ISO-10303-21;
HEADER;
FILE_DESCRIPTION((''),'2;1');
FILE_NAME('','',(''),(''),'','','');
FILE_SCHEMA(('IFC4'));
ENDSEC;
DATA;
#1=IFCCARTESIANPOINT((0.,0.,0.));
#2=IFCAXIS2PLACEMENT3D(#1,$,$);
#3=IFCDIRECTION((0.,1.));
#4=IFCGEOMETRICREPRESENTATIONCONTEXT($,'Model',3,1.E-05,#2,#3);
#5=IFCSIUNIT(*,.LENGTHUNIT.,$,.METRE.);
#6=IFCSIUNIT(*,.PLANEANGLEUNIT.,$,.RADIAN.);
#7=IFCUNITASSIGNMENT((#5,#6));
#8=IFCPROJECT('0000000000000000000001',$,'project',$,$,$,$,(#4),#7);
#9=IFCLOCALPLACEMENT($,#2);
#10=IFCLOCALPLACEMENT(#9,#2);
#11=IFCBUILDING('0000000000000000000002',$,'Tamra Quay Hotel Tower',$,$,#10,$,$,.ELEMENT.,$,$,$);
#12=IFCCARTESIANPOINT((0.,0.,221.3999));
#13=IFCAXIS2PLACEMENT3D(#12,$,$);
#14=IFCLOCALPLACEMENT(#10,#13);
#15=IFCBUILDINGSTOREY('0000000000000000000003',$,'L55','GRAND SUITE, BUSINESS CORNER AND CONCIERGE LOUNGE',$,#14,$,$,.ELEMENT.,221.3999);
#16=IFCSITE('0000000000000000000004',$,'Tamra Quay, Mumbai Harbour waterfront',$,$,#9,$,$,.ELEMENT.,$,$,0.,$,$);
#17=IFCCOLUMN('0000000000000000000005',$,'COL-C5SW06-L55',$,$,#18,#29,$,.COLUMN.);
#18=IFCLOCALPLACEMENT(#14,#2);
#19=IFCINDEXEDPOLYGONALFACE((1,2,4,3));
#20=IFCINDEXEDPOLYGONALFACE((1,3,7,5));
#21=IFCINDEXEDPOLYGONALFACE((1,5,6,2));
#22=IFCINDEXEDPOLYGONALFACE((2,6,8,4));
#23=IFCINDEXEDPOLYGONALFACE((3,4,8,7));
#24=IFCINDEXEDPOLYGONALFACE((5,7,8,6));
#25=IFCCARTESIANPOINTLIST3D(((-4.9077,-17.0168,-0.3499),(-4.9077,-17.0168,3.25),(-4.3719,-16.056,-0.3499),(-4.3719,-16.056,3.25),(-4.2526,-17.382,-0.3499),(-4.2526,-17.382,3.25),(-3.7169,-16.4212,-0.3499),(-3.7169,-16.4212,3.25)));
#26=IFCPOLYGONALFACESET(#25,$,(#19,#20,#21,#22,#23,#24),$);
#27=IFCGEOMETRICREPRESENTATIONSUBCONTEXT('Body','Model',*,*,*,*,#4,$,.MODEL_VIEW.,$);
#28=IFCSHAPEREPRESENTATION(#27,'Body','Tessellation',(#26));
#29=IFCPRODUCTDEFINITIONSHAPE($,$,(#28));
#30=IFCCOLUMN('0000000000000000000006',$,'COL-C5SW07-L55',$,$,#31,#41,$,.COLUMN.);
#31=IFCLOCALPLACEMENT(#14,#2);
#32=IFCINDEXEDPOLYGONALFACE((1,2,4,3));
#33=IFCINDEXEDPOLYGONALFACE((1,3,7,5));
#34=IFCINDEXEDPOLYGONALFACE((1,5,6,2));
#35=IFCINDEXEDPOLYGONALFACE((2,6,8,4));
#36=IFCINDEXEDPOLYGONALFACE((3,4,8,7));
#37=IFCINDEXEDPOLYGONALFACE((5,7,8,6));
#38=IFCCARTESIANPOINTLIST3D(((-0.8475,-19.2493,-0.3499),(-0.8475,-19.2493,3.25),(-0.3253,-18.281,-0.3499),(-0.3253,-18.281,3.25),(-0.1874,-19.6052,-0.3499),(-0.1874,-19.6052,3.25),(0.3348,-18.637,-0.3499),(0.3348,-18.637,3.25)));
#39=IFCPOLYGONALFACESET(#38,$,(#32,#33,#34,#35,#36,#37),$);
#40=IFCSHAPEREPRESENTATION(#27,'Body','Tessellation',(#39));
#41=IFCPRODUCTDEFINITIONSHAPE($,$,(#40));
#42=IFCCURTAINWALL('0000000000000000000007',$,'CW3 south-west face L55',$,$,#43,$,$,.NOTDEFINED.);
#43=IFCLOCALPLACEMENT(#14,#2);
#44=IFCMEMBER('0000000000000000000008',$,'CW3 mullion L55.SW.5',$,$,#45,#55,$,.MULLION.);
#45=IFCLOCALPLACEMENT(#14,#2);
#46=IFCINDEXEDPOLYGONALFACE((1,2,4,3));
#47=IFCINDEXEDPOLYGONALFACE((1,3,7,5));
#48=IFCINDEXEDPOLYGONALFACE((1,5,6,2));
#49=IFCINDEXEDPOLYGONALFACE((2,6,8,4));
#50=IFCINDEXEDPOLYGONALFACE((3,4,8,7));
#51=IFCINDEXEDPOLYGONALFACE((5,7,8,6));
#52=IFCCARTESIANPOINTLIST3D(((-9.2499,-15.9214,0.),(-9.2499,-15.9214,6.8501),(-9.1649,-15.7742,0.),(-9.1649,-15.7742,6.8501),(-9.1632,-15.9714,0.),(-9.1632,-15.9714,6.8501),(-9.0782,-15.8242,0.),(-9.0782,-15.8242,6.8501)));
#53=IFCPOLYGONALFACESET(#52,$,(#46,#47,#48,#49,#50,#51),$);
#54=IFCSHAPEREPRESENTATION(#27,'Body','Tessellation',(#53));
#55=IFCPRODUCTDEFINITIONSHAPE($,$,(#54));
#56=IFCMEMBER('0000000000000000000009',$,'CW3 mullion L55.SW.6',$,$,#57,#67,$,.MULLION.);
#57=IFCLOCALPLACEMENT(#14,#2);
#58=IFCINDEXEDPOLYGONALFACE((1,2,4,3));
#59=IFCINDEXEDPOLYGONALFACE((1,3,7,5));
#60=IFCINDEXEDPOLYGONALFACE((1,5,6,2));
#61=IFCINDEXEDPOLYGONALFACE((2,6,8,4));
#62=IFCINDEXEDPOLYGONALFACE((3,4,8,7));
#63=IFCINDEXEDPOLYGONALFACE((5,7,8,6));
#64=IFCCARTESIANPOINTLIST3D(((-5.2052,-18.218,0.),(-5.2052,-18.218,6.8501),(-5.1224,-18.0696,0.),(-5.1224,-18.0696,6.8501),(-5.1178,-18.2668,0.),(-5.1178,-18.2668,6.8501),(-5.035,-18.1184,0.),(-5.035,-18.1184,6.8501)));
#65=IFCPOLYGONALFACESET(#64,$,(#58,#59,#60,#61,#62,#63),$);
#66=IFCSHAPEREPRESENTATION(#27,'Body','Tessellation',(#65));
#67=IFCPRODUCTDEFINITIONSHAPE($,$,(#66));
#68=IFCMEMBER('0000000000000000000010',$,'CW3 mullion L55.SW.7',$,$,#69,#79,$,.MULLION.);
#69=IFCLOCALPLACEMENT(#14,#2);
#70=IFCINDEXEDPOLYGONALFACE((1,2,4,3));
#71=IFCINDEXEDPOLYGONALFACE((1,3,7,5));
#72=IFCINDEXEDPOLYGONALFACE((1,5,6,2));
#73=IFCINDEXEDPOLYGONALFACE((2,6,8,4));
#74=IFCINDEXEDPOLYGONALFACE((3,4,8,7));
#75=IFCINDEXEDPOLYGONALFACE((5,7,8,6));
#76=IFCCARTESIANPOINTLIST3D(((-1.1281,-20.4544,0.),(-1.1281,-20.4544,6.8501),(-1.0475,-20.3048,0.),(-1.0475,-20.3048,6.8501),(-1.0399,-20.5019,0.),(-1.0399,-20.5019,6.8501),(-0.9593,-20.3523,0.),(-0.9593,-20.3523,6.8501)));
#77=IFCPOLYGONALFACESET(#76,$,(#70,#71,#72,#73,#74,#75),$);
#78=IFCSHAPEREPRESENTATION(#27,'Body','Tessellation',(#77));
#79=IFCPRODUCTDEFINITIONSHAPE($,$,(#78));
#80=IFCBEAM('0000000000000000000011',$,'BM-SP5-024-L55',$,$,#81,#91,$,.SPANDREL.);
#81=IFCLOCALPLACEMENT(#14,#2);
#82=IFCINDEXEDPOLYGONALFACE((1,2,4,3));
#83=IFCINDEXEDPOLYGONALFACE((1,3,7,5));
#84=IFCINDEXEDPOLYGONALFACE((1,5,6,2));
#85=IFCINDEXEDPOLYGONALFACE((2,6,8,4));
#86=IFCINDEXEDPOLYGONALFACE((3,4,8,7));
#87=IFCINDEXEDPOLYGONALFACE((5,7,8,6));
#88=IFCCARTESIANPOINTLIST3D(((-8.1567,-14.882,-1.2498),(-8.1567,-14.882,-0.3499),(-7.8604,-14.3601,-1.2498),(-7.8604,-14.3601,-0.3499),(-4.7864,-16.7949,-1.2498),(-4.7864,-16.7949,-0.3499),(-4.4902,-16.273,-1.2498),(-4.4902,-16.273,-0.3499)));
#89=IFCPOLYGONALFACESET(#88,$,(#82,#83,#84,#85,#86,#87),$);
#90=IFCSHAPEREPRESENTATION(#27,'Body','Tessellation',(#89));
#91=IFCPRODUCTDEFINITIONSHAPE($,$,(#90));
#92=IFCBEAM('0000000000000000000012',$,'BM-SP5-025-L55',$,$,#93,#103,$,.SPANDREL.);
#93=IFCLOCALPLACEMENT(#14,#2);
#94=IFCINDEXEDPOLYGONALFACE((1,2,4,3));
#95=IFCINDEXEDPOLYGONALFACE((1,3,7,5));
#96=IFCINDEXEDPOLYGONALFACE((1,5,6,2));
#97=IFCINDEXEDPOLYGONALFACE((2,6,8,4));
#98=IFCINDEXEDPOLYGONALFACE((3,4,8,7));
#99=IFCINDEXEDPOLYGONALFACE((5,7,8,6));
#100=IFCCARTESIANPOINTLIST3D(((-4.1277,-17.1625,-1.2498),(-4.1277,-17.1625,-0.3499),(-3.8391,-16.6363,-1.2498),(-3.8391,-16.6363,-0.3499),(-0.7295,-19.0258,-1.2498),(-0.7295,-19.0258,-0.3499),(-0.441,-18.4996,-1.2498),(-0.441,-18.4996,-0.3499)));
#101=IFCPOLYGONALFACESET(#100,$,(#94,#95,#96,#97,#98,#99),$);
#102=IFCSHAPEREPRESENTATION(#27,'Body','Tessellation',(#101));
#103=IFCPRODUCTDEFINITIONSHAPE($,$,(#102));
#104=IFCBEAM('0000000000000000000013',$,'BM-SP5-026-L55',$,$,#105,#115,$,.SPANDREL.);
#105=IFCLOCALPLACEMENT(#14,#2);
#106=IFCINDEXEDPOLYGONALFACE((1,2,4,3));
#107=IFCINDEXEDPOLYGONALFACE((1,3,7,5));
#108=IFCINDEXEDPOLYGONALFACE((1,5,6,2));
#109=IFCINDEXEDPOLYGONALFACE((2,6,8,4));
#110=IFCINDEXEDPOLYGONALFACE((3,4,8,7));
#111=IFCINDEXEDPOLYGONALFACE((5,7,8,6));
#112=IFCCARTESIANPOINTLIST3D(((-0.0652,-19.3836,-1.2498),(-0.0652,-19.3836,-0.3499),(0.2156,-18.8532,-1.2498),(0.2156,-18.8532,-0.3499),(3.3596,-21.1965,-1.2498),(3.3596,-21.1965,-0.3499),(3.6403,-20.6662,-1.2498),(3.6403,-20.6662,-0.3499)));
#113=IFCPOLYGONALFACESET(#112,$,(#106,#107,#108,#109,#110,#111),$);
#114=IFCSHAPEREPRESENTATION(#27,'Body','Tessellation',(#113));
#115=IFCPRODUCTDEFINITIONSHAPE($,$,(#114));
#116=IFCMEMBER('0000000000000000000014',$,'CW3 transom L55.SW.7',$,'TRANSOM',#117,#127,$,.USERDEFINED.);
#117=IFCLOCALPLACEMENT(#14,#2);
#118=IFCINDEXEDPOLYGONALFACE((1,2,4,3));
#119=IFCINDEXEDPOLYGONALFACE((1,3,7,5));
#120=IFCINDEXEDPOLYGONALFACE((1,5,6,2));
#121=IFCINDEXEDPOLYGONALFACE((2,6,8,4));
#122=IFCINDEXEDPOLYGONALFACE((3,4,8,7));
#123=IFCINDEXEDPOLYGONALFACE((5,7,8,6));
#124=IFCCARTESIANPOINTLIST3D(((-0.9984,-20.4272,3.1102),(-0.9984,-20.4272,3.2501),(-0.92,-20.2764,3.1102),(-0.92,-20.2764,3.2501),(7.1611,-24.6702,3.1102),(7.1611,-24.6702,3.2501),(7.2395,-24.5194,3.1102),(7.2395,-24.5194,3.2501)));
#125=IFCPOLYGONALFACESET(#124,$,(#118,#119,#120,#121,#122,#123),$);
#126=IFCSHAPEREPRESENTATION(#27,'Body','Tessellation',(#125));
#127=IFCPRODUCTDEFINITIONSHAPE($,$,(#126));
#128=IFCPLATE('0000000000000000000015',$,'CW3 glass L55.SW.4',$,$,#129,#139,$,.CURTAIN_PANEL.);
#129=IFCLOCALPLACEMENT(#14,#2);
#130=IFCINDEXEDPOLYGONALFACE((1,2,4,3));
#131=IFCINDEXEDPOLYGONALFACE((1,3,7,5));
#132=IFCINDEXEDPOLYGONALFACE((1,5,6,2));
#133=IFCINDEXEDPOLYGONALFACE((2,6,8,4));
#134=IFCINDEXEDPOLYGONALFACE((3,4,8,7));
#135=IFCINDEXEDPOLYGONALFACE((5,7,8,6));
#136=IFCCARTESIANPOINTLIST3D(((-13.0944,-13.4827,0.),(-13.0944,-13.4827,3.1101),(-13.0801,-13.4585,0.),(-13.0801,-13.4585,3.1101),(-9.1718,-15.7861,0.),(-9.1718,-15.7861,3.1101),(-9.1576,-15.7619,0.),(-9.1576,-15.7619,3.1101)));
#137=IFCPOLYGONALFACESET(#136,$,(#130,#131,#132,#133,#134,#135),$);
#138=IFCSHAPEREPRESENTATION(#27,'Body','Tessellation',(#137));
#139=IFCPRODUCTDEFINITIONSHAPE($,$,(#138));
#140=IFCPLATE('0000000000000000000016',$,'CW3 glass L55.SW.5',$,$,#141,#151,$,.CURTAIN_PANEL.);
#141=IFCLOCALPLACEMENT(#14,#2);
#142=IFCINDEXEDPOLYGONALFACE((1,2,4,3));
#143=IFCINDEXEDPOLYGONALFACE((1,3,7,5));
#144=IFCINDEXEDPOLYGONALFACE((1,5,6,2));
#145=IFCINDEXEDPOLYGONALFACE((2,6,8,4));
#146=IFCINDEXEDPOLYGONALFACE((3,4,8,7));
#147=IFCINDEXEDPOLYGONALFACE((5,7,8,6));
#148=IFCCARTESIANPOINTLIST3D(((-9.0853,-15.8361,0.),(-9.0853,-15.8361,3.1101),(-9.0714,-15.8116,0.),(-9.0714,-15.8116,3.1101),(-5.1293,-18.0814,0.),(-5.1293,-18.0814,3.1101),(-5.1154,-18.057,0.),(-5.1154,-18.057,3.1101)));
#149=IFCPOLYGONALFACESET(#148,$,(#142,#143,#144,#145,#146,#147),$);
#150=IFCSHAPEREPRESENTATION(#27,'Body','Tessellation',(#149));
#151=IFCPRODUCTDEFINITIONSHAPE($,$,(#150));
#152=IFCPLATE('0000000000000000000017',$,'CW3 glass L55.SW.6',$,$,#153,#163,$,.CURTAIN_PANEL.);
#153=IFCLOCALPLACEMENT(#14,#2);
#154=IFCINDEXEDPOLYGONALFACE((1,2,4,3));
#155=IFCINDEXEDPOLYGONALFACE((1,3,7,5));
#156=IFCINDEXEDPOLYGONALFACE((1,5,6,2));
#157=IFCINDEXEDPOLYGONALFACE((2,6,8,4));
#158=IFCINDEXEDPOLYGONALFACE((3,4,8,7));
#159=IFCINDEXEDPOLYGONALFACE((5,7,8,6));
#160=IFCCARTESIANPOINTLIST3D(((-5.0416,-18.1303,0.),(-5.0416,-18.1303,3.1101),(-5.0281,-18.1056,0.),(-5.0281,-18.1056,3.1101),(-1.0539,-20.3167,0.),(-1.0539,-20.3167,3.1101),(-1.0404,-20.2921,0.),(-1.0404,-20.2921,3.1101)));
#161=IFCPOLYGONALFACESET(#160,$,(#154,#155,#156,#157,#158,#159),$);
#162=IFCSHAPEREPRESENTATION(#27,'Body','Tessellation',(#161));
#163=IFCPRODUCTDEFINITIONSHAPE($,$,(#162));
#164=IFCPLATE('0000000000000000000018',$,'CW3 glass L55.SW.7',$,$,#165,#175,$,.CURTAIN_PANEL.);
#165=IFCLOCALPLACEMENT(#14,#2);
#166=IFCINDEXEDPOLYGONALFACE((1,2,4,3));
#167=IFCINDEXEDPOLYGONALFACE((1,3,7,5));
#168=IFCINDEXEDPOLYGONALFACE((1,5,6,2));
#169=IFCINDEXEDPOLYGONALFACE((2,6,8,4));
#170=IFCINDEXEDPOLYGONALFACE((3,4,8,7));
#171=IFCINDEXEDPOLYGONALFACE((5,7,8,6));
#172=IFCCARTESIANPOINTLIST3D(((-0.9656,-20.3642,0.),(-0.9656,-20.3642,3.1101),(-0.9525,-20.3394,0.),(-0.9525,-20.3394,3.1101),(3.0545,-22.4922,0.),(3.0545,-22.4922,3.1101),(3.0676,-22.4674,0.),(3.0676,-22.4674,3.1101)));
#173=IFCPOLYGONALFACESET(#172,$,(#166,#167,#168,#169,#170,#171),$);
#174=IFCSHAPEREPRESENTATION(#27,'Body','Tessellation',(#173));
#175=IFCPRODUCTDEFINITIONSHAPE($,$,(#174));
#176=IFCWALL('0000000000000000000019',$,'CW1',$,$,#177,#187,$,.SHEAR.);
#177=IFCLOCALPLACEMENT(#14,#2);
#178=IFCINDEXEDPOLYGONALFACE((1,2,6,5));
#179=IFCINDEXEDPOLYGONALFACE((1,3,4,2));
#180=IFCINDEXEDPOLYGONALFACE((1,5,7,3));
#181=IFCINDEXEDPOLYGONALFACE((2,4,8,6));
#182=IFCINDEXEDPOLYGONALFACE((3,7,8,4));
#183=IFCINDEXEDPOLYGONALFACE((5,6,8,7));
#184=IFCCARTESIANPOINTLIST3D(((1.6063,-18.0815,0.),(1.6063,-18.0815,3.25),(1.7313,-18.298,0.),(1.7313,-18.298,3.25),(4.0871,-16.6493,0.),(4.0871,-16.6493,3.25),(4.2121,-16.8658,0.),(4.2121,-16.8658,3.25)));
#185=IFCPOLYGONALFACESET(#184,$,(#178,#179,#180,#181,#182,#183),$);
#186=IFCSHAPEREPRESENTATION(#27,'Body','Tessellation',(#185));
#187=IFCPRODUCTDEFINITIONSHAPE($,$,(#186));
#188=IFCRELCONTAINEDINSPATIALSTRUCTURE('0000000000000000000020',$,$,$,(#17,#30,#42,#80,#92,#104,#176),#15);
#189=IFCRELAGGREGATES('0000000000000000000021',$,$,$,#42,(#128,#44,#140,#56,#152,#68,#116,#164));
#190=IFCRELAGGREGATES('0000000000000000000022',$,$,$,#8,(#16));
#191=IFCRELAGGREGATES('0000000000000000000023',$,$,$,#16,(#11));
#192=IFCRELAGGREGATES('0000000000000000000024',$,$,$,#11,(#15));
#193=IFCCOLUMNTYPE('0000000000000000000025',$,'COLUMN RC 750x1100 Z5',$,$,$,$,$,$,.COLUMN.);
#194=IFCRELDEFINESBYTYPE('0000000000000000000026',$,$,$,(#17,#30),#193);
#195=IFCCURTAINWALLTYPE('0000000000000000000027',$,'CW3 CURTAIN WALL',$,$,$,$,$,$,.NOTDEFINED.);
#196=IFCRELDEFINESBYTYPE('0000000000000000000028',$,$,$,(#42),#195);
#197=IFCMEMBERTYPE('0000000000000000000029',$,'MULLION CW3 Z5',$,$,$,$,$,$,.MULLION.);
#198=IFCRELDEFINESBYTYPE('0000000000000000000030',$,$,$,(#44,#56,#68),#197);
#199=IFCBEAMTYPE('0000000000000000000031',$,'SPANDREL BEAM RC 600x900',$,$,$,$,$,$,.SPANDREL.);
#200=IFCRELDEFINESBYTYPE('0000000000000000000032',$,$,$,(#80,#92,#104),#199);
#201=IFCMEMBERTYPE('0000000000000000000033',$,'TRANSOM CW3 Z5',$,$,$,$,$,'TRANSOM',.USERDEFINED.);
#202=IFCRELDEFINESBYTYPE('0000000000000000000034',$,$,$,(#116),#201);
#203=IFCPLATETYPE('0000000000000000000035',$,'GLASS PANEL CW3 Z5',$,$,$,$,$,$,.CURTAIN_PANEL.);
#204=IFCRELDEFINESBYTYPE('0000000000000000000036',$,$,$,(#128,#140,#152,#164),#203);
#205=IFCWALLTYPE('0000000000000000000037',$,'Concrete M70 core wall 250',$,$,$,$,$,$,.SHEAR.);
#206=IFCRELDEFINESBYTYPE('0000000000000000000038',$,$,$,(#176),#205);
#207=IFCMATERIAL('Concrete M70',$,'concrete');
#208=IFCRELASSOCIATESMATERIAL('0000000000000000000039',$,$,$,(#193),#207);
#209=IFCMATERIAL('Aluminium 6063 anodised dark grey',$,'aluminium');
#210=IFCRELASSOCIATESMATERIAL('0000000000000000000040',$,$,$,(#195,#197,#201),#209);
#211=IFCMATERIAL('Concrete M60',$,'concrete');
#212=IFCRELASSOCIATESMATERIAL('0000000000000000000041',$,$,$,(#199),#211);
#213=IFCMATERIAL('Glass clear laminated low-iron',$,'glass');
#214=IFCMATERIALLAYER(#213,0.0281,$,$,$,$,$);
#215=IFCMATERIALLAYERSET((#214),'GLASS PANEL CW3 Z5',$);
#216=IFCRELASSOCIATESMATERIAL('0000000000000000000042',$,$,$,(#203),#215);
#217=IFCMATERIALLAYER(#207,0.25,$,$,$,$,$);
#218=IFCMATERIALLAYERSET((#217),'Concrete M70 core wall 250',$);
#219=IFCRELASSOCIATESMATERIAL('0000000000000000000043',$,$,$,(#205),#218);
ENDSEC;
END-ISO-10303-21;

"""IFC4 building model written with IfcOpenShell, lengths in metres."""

from ifc_helpers import new_model, si_unit, direction, frame, frame_2d, origin, origin_2d, place, context, subcontext, project, spatial, rectangle, extrude, material, layer, layer_set, material_profile, profile_set, type_object, element, aggregate, save


model = new_model("IFC4")

# Units and contexts
model_context = context("Model", 3, precision=1e-05, world=origin(), true_north=direction((0.0, 1.0)))
body_context = subcontext(model_context, "Body", "Model", "MODEL_VIEW")
ifc_project = project(units=[si_unit("LENGTHUNIT", "METRE"), si_unit("PLANEANGLEUNIT", "RADIAN")], contexts=[model_context])

# Site, building, storey
site_placement = place(None, origin())
site = spatial("IfcSite", under=ifc_project, at=site_placement, Name="Tamra Quay, Mumbai Harbour waterfront", CompositionType="ELEMENT", RefElevation=0.0)
building_placement = place(site_placement, origin())
building = spatial("IfcBuilding", under=site, at=building_placement, Name="Tamra Quay Hotel Tower", CompositionType="ELEMENT")
storey_placement = place(building_placement, frame((0.0, 0.0, 221.3999)))
storey = spatial("IfcBuildingStorey", under=building, at=storey_placement, Name="L55", Description="GRAND SUITE, BUSINESS CORNER AND CONCIERGE LOUNGE", CompositionType="ELEMENT", Elevation=221.3999)

# Columns
ifc_material_1 = material(Name="Concrete M70", Category="concrete")
ifc_material_profile_1 = material_profile(ifc_material_1, rectangle(XDim=1.1001, YDim=0.75, at=origin_2d()), Name="COLUMN RC 750x1100 Z5")
ifc_profile_set_1 = profile_set([ifc_material_profile_1], Name="Concrete M70")
column_type = type_object("IfcColumnType", Name="COLUMN RC 750x1100 Z5", PredefinedType="COLUMN", material=ifc_profile_set_1)
for number, where, z_axis, x_axis, name in (
    (1, (-4.3123, -16.719, -0.3499), (0.0, 0.0, 1.0), (0.486989, 0.873408, 0.0), "COL-C5SW06-L55"),
    (2, (-0.2563, -18.9431, -0.3499), (0.0, 0.0, 1.0), (0.474651, 0.880174, 0.0), "COL-C5SW07-L55"),
):
    element("IfcColumn", number, at=place(storey_placement, frame(where, z_axis=z_axis, x_axis=x_axis)), inside=storey, type_object=column_type, Name=name, PredefinedType="COLUMN", context=body_context, shape_type="SweptSolid", body=[
        extrude(rectangle(XDim=1.1001, YDim=0.75, at=origin_2d()), origin(), (0.0, 0.0, 1.0), 3.5999),
    ])

# Curtain wall, members
ifc_material_2 = material(Name="Aluminium 6063 anodised dark grey", Category="aluminium")
curtain_wall_type = type_object("IfcCurtainWallType", Name="CW3 CURTAIN WALL", PredefinedType="NOTDEFINED", material=ifc_material_2)
curtain_wall_placement = place(storey_placement, origin())
curtain_wall = element("IfcCurtainWall", 3, at=curtain_wall_placement, inside=storey, type_object=curtain_wall_type, Name="CW3 south-west face L55", PredefinedType="NOTDEFINED")
ifc_material_profile_2 = material_profile(ifc_material_2, rectangle(XDim=0.1699, YDim=0.1001, at=origin_2d()), Name="MULLION 100X170")
ifc_profile_set_2 = profile_set([ifc_material_profile_2], Name="Aluminium 6063 anodised dark grey")
member_type_1 = type_object("IfcMemberType", Name="MULLION CW3 Z5", PredefinedType="MULLION", material=ifc_profile_set_2)
member_1_placement = place(storey_placement, frame((-9.1641, -15.8728, 0.0), z_axis=(0.0, 0.0, 1.0), x_axis=(-0.5, -0.866025, 0.0)))
member_1 = element("IfcMember", 4, at=member_1_placement, type_object=member_type_1, Name="CW3 mullion L55.SW.5", PredefinedType="MULLION", context=body_context, shape_type="SweptSolid", body=[
    extrude(rectangle(XDim=0.1699, YDim=0.1001, at=origin_2d()), origin(), (0.0, 0.0, 1.0), 6.8501),
])
member_2_placement = place(storey_placement, frame((-5.1201, -18.1682, 0.0), z_axis=(0.0, 0.0, 1.0), x_axis=(-0.487204, -0.873288, 0.0)))
member_2 = element("IfcMember", 5, at=member_2_placement, type_object=member_type_1, Name="CW3 mullion L55.SW.6", PredefinedType="MULLION", context=body_context, shape_type="SweptSolid", body=[
    extrude(rectangle(XDim=0.1699, YDim=0.1001, at=origin_2d()), origin(), (0.0, 0.0, 1.0), 6.8501),
])
member_3_placement = place(storey_placement, frame((-1.0437, -20.4033, 0.0), z_axis=(0.0, 0.0, 1.0), x_axis=(-0.474319, -0.880353, 0.0)))
member_3 = element("IfcMember", 6, at=member_3_placement, type_object=member_type_1, Name="CW3 mullion L55.SW.7", PredefinedType="MULLION", context=body_context, shape_type="SweptSolid", body=[
    extrude(rectangle(XDim=0.1699, YDim=0.1001, at=origin_2d()), origin(), (0.0, 0.0, 1.0), 6.8501),
])

# Beams
ifc_material_3 = material(Name="Concrete M60", Category="concrete")
ifc_material_profile_3 = material_profile(ifc_material_3, rectangle(XDim=0.6001, YDim=0.8999, at=origin_2d()), Name="SPANDREL BEAM RC 600x900")
ifc_profile_set_3 = profile_set([ifc_material_profile_3], Name="Concrete M60")
beam_type = type_object("IfcBeamType", Name="SPANDREL BEAM RC 600x900", PredefinedType="SPANDREL", material=ifc_profile_set_3)
beam_1_placement = place(storey_placement, frame((-8.0085, -14.6211, -0.7998), z_axis=(0.869678, -0.49362, 0.0), x_axis=(0.49362, 0.869678, 0.0)))
element("IfcBeam", 7, at=beam_1_placement, inside=storey, type_object=beam_type, Name="BM-SP5-024-L55", PredefinedType="SPANDREL", context=body_context, shape_type="SweptSolid", body=[
    extrude(rectangle(XDim=0.6001, YDim=0.8999, at=origin_2d()), origin(), (0.0, 0.0, 1.0), 3.8752),
])
beam_2_placement = place(storey_placement, frame((-3.9834, -16.8994, -0.7998), z_axis=(0.876839, -0.480784, 0.0), x_axis=(0.480784, 0.876839, 0.0)))
element("IfcBeam", 8, at=beam_2_placement, inside=storey, type_object=beam_type, Name="BM-SP5-025-L55", PredefinedType="SPANDREL", context=body_context, shape_type="SweptSolid", body=[
    extrude(rectangle(XDim=0.6001, YDim=0.8999, at=origin_2d()), origin(), (0.0, 0.0, 1.0), 3.8755),
])
beam_3_placement = place(storey_placement, frame((0.0752, -19.1184, -0.7998), z_axis=(0.883803, -0.467859, 0.0), x_axis=(0.467859, 0.883803, 0.0)))
element("IfcBeam", 9, at=beam_3_placement, inside=storey, type_object=beam_type, Name="BM-SP5-026-L55", PredefinedType="SPANDREL", context=body_context, shape_type="SweptSolid", body=[
    extrude(rectangle(XDim=0.6001, YDim=0.8999, at=origin_2d()), origin(), (0.0, 0.0, 1.0), 3.875),
])

# Member
ifc_material_profile_4 = material_profile(ifc_material_2, rectangle(XDim=0.1699, YDim=0.1399, at=origin_2d()), Name="TRANSOM 170X140")
ifc_profile_set_4 = profile_set([ifc_material_profile_4], Name="Aluminium 6063 anodised dark grey")
member_type_2 = type_object("IfcMemberType", Name="TRANSOM CW3 Z5", ElementType="TRANSOM", PredefinedType="USERDEFINED", material=ifc_profile_set_4)
member_4_placement = place(storey_placement, frame((-0.9592, -20.3518, 3.1802), z_axis=(0.887216, -0.461354, 0.0), x_axis=(0.461354, 0.887216, 0.0)))
member_4 = element("IfcMember", 10, at=member_4_placement, type_object=member_type_2, Name="CW3 transom L55.SW.7", ObjectType="TRANSOM", PredefinedType="USERDEFINED", context=body_context, shape_type="SweptSolid", body=[
    extrude(rectangle(XDim=0.1699, YDim=0.1399, at=origin_2d()), origin(), (0.0, 0.0, 1.0), 9.1968),
])

# Plates
ifc_material_4 = material(Name="Glass clear laminated low-iron", Category="glass")
ifc_layer_1 = layer(ifc_material_4, 0.0281)
ifc_layer_set_1 = layer_set([ifc_layer_1], Name="GLASS PANEL CW3 Z5")
plate_type = type_object("IfcPlateType", Name="GLASS PANEL CW3 Z5", PredefinedType="CURTAIN_PANEL", material=ifc_layer_set_1)
plate_1_placement = place(storey_placement, frame((-11.126, -14.6223, 0.0), z_axis=(0.0, 0.0, 1.0), x_axis=(0.862321, -0.506362, 0.0)))
plate_1 = element("IfcPlate", 11, at=plate_1_placement, type_object=plate_type, Name="CW3 glass L55.SW.4", PredefinedType="CURTAIN_PANEL", context=body_context, shape_type="SweptSolid", body=[
    extrude(rectangle(XDim=4.5488, YDim=0.0281, at=origin_2d()), origin(), (0.0, 0.0, 1.0), 3.1101),
])
plate_2_placement = place(storey_placement, frame((-7.1003, -16.9465, 0.0), z_axis=(0.0, 0.0, 1.0), x_axis=(0.869683, -0.493611, 0.0)))
plate_2 = element("IfcPlate", 12, at=plate_2_placement, type_object=plate_type, Name="CW3 glass L55.SW.5", PredefinedType="CURTAIN_PANEL", context=body_context, shape_type="SweptSolid", body=[
    extrude(rectangle(XDim=4.5488, YDim=0.0281, at=origin_2d()), origin(), (0.0, 0.0, 1.0), 3.1101),
])
plate_3_placement = place(storey_placement, frame((-3.041, -19.2112, 0.0), z_axis=(0.0, 0.0, 1.0), x_axis=(0.876846, -0.480771, 0.0)))
plate_3 = element("IfcPlate", 13, at=plate_3_placement, type_object=plate_type, Name="CW3 glass L55.SW.6", PredefinedType="CURTAIN_PANEL", context=body_context, shape_type="SweptSolid", body=[
    extrude(rectangle(XDim=4.5479, YDim=0.0281, at=origin_2d()), origin(), (0.0, 0.0, 1.0), 3.1101),
])
plate_4_placement = place(storey_placement, frame((1.051, -21.4158, 0.0), z_axis=(0.0, 0.0, 1.0), x_axis=(0.883813, -0.467841, 0.0)))
plate_4 = element("IfcPlate", 14, at=plate_4_placement, type_object=plate_type, Name="CW3 glass L55.SW.7", PredefinedType="CURTAIN_PANEL", context=body_context, shape_type="SweptSolid", body=[
    extrude(rectangle(XDim=4.5486, YDim=0.0281, at=origin_2d()), origin(), (0.0, 0.0, 1.0), 3.1101),
])
aggregate(curtain_wall, [plate_1, member_1, plate_2, member_2, plate_3, member_3, member_4, plate_4])

# Wall
ifc_layer_2 = layer(ifc_material_1, 0.25)
ifc_layer_set_2 = layer_set([ifc_layer_2], Name="Concrete M70 core wall 250")
wall_type_1 = type_object("IfcWallType", Name="Concrete M70 core wall 250", PredefinedType="SHEAR", material=ifc_layer_set_2)
wall_1_placement = place(storey_placement, frame((1.6689, -18.1897, 0.0), z_axis=(0.0, 0.0, 1.0), x_axis=(0.866042, 0.499971, 0.0)))
element("IfcWall", 15, at=wall_1_placement, inside=storey, type_object=wall_type_1, Name="CW1", PredefinedType="SHEAR", context=body_context, shape_type="SweptSolid", body=[
    extrude(rectangle(XDim=2.8645, YDim=0.25, at=frame_2d((1.4321, 0.0))), origin(), (0.0, 0.0, 1.0), 3.25),
])

save(model, "model.ifc")
